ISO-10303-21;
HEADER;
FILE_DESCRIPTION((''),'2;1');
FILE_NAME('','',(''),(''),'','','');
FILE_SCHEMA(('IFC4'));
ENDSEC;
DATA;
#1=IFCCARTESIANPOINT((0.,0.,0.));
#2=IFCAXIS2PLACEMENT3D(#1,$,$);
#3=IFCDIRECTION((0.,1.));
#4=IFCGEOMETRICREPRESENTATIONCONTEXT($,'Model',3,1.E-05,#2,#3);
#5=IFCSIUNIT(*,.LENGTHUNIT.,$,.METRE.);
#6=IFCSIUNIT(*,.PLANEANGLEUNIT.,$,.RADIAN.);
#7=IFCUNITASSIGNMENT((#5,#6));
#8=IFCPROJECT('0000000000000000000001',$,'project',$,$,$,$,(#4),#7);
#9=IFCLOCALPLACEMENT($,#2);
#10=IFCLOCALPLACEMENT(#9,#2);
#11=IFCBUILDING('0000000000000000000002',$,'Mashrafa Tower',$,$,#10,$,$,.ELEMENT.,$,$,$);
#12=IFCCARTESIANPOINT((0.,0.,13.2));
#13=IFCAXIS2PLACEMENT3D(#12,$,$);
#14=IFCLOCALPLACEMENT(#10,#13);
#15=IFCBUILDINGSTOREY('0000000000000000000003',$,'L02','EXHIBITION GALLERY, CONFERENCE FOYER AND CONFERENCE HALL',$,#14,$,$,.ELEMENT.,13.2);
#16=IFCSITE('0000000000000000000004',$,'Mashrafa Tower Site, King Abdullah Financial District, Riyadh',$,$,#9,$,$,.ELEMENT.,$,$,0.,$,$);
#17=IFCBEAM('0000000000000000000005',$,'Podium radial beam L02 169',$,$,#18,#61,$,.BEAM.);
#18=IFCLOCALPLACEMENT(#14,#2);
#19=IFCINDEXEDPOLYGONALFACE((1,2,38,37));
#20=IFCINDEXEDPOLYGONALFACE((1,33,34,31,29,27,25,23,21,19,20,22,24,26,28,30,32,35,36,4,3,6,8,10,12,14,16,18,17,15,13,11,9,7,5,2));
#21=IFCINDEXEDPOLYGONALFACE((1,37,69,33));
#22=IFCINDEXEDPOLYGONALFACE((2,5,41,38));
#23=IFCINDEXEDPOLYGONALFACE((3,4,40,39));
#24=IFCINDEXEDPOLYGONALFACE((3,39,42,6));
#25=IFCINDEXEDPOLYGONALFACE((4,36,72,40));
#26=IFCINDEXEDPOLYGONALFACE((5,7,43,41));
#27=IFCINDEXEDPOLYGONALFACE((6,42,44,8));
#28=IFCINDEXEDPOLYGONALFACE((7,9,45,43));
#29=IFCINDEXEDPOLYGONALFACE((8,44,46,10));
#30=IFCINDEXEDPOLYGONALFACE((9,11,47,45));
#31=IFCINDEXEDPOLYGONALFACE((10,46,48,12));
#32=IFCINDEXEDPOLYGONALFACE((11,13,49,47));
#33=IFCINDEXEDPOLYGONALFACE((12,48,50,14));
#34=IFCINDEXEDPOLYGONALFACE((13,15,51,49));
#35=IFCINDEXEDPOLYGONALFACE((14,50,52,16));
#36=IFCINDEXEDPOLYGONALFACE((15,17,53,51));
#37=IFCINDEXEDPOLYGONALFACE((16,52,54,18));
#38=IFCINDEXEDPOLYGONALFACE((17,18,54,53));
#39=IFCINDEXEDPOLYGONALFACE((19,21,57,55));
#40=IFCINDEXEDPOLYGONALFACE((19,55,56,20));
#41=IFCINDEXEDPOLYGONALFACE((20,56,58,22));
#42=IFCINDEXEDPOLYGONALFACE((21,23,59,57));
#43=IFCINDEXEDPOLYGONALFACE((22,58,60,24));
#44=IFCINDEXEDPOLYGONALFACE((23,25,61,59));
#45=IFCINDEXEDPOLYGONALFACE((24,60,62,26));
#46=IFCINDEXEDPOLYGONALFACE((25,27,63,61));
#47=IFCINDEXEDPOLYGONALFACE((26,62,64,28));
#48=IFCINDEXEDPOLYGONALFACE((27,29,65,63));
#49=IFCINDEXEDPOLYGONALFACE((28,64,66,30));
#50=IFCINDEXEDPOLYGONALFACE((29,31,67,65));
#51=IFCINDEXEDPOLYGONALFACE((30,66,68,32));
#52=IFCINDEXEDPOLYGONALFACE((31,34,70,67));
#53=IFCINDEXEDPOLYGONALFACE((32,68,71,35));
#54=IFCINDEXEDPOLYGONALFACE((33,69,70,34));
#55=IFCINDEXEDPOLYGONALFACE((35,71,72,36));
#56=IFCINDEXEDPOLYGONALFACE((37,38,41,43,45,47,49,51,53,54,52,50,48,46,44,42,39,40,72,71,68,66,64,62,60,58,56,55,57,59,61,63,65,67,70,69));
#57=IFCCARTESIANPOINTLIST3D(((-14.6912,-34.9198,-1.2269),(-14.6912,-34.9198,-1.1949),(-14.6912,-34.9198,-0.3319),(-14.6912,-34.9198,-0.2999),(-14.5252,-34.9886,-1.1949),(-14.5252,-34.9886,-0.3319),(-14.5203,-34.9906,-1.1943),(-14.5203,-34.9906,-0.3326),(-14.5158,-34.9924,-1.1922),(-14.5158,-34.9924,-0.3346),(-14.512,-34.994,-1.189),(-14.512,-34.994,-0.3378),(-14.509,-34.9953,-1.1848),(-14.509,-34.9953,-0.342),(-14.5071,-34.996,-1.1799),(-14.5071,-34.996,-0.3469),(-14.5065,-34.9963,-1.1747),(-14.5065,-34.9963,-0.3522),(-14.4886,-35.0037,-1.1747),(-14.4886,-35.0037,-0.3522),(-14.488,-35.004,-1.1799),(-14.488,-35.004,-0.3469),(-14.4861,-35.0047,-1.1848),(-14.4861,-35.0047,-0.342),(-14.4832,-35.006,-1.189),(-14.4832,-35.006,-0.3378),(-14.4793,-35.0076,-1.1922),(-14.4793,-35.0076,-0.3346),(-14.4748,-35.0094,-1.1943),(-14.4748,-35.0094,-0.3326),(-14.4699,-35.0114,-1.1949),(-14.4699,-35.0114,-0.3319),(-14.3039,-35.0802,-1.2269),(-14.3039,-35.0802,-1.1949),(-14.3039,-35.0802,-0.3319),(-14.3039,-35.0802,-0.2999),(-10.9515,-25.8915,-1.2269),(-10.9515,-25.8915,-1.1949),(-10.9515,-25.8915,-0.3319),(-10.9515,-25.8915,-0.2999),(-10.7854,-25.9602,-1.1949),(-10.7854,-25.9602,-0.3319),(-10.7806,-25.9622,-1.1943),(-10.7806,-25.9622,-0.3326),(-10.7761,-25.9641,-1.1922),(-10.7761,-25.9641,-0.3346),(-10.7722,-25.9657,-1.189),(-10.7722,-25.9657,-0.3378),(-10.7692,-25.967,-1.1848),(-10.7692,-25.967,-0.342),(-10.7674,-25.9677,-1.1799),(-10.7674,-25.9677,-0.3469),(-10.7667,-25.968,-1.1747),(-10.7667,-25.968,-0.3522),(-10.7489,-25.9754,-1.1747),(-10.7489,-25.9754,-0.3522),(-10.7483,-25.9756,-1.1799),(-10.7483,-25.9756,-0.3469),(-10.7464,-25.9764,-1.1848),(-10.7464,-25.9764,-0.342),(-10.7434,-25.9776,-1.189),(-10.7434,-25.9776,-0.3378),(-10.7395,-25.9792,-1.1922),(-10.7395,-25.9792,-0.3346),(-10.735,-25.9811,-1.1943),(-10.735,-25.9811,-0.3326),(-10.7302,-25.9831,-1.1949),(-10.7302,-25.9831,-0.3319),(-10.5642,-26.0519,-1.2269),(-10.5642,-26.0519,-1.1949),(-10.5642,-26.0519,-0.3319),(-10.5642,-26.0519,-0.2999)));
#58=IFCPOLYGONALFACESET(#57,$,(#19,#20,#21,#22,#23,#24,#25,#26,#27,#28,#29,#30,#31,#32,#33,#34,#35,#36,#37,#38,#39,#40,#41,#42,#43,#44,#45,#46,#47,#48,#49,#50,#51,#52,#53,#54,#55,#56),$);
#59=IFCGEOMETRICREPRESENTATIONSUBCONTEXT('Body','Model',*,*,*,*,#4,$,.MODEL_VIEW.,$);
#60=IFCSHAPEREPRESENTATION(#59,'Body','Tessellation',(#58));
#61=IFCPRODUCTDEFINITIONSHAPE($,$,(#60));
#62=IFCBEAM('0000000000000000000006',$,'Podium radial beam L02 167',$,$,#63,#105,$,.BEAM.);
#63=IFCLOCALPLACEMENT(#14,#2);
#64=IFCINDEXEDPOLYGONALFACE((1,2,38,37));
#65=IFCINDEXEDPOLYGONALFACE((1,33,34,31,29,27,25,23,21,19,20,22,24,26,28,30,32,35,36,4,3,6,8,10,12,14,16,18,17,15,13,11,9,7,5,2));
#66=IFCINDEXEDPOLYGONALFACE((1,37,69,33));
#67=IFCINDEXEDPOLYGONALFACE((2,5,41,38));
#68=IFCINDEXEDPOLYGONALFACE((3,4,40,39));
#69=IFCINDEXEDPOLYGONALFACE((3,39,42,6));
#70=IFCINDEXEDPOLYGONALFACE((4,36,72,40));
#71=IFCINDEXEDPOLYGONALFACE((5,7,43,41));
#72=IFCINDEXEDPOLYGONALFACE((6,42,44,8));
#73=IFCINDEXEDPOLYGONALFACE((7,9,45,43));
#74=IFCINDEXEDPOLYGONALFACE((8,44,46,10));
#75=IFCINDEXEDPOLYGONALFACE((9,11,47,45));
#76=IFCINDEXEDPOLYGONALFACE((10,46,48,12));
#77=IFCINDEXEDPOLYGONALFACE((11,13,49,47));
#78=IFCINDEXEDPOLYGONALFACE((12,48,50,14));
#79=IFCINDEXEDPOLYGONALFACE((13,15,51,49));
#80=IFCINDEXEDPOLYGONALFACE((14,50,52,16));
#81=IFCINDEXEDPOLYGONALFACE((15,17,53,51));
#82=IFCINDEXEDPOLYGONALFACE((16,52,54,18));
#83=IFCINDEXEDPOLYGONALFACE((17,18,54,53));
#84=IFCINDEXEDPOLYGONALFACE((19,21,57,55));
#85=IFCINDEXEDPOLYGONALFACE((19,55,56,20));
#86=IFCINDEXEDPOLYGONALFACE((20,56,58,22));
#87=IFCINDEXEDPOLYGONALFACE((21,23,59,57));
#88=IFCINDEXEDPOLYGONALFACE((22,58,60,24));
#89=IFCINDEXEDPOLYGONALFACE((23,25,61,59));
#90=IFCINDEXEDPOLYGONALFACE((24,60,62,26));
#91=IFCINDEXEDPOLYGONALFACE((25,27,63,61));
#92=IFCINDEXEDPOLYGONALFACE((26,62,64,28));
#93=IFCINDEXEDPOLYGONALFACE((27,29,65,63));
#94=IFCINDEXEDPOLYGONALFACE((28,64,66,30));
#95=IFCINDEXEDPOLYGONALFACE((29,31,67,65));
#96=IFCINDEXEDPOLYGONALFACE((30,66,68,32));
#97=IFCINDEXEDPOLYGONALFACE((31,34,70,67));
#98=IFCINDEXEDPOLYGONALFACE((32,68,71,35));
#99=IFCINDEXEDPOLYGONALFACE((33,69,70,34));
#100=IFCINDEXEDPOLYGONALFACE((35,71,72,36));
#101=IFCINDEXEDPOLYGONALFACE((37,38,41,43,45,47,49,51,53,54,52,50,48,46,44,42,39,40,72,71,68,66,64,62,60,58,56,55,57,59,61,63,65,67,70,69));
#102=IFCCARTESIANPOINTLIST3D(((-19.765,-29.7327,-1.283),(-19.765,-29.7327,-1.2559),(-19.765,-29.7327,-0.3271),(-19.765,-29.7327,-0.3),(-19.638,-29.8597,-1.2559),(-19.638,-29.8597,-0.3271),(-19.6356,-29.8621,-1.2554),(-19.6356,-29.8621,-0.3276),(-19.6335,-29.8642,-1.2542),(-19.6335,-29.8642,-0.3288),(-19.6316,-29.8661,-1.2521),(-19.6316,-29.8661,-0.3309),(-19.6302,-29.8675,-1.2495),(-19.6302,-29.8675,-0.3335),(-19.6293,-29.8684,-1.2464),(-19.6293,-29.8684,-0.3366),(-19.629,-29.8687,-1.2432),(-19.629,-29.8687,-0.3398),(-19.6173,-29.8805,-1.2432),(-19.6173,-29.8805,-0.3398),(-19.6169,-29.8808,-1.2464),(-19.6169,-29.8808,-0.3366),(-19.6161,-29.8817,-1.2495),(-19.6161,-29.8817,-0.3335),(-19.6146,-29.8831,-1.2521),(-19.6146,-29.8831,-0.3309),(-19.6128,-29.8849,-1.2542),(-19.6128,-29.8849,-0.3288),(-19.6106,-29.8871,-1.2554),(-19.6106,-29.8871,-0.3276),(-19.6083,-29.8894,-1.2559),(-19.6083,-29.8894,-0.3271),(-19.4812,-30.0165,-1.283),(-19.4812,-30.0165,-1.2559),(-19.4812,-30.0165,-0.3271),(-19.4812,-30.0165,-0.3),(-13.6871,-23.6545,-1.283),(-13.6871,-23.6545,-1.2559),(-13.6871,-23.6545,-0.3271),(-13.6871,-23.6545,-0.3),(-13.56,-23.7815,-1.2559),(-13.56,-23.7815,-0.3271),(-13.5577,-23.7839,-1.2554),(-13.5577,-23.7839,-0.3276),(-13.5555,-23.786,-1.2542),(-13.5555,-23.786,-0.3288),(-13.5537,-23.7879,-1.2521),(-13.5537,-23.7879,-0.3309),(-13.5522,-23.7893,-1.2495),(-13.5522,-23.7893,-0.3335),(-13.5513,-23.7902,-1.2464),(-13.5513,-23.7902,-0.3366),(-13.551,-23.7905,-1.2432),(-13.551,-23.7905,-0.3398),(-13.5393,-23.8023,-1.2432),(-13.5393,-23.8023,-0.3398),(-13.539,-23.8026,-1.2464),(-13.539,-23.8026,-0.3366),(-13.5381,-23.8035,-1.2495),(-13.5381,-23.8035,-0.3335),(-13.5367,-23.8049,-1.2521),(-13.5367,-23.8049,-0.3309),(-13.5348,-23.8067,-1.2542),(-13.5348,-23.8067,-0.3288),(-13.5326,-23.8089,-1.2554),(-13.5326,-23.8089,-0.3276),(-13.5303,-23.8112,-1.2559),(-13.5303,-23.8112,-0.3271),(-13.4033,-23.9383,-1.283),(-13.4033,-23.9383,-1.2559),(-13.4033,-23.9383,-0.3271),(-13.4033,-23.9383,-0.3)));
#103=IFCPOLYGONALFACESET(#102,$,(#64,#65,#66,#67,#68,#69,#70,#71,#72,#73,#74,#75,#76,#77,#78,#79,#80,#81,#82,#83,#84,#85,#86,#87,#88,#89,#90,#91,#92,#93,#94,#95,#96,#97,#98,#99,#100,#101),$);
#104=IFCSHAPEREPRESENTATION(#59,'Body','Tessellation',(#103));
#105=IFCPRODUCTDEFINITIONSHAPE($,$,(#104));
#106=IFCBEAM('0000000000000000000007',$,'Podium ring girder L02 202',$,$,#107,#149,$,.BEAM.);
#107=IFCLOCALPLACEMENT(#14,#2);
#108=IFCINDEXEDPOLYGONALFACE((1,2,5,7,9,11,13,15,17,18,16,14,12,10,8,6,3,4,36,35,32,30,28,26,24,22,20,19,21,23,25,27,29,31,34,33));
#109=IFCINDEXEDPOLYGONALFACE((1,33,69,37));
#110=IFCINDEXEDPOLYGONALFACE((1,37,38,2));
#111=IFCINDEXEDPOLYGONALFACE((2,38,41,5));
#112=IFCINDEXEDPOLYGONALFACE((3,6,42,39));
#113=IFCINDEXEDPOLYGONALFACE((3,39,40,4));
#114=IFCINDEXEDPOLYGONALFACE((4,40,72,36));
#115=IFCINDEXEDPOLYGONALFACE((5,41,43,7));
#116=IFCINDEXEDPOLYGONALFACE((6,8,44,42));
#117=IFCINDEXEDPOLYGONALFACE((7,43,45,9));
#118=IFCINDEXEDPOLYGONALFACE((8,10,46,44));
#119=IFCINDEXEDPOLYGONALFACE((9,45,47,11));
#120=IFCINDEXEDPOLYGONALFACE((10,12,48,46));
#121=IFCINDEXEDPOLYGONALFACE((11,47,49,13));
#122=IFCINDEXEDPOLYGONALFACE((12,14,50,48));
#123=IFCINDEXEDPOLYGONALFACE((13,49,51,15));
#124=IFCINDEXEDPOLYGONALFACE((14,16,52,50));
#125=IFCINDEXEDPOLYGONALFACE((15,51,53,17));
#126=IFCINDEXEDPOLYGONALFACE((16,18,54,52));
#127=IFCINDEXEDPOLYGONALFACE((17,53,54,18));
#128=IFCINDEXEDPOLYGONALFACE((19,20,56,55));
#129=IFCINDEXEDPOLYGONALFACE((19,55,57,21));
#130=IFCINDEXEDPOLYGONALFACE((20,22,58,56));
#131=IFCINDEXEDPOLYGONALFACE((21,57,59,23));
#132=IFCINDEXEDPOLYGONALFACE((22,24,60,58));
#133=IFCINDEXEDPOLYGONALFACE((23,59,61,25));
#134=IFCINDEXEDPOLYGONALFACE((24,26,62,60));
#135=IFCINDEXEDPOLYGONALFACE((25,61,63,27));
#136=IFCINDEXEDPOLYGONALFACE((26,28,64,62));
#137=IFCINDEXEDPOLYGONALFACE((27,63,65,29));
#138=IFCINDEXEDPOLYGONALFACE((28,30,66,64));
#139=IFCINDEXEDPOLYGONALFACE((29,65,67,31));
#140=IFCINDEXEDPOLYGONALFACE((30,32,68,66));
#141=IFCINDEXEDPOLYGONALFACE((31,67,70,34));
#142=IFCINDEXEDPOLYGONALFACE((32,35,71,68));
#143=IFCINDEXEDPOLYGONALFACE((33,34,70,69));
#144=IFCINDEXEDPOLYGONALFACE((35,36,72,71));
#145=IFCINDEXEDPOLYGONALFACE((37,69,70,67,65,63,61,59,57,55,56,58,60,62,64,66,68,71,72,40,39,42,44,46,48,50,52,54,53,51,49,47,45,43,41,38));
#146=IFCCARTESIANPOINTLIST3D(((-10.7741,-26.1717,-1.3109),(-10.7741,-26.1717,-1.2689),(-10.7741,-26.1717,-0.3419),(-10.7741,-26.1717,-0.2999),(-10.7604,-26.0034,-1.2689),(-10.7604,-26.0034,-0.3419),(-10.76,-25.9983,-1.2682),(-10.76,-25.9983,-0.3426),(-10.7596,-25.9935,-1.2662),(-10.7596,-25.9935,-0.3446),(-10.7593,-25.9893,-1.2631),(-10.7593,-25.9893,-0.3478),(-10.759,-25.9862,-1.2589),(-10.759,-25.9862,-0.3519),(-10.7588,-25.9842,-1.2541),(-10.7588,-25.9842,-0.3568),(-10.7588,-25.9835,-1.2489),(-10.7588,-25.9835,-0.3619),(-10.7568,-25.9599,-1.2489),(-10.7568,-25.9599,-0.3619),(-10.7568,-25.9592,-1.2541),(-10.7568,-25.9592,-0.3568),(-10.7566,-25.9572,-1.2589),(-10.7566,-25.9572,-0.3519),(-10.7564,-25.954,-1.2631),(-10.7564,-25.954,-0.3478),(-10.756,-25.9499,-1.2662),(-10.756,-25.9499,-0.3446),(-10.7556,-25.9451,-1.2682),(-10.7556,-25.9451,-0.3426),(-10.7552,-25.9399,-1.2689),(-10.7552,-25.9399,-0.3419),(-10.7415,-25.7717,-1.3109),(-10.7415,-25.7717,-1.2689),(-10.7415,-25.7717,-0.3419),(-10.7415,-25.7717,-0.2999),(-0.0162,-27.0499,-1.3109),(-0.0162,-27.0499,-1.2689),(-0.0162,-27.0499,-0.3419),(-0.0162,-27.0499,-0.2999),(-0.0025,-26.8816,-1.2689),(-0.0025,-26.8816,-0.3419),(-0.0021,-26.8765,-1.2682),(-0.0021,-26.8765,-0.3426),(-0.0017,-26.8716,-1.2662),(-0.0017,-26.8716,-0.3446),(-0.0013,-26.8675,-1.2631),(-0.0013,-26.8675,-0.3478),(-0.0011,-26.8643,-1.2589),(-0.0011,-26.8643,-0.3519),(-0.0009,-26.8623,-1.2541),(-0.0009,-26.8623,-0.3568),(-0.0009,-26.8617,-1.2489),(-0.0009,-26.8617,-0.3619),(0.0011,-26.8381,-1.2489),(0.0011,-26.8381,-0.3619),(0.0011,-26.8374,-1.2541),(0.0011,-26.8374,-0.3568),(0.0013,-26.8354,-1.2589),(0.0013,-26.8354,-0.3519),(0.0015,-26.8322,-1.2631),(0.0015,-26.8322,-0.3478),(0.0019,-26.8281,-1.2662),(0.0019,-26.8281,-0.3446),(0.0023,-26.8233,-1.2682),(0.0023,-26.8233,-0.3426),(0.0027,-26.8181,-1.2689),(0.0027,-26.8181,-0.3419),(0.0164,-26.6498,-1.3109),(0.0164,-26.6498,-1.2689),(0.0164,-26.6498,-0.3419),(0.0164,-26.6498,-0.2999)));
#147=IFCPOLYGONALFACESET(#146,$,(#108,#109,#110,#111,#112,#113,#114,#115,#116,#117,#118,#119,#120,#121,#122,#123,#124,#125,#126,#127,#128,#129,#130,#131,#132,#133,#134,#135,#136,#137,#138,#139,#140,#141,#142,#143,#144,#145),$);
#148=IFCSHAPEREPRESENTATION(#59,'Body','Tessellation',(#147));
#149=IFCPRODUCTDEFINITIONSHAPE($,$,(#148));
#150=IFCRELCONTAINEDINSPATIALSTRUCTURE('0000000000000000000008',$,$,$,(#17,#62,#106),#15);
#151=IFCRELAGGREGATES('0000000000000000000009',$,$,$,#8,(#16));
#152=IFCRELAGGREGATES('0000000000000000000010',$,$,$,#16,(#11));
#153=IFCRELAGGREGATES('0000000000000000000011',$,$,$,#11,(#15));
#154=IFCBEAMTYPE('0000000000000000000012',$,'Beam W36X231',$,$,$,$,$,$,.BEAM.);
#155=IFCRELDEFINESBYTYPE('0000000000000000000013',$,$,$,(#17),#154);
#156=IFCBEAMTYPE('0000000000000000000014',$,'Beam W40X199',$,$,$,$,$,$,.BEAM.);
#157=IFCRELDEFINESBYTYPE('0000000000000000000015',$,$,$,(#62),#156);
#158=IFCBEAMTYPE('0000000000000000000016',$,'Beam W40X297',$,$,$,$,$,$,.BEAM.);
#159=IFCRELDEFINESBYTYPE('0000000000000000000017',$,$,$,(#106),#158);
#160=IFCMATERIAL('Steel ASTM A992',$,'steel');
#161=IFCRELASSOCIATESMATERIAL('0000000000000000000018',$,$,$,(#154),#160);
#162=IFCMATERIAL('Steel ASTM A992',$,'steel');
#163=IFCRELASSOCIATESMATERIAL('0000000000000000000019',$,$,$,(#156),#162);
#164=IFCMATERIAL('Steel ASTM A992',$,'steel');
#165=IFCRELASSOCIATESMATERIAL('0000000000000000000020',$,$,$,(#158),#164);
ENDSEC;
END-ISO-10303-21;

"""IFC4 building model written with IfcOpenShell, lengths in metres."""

from ifc_helpers import new_model, si_unit, direction, frame, origin, origin_2d, place, context, subcontext, project, spatial, i_section, extrude, material, material_profile, profile_set, type_object, element, save


model = new_model("IFC4")

# Units and contexts
model_context = context("Model", 3, precision=1e-05, world=origin(), true_north=direction((0.0, 1.0)))
body_context = subcontext(model_context, "Body", "Model", "MODEL_VIEW")
ifc_project = project(units=[si_unit("LENGTHUNIT", "METRE"), si_unit("PLANEANGLEUNIT", "RADIAN")], contexts=[model_context])

# Site, building, storey
site_placement = place(None, origin())
site = spatial("IfcSite", under=ifc_project, at=site_placement, Name="Mashrafa Tower Site, King Abdullah Financial District, Riyadh", CompositionType="ELEMENT", RefElevation=0.0)
building_placement = place(site_placement, origin())
building = spatial("IfcBuilding", under=site, at=building_placement, Name="Mashrafa Tower", CompositionType="ELEMENT")
storey_placement = place(building_placement, frame((0.0, 0.0, 13.2)))
storey = spatial("IfcBuildingStorey", under=building, at=storey_placement, Name="L02", Description="EXHIBITION GALLERY, CONFERENCE FOYER AND CONFERENCE HALL", CompositionType="ELEMENT", Elevation=13.2)

# Beams
ifc_material_1 = material(Name="Steel ASTM A992", Category="steel")
ifc_material_profile_1 = material_profile(ifc_material_1, i_section(OverallWidth=0.4192, OverallDepth=0.927, WebThickness=0.0193, FlangeThickness=0.032, FilletRadius=0.0203, at=origin_2d()), Name="W36X231")
ifc_profile_set_1 = profile_set([ifc_material_profile_1], Name="Steel ASTM A992")
beam_type_1 = type_object("IfcBeamType", Name="Beam W36X231", PredefinedType="BEAM", material=ifc_profile_set_1)
beam_1_placement = place(storey_placement, frame((-10.7578, -25.9717, -0.7634), z_axis=(-0.382692, -0.923876, 0.0), x_axis=(0.923876, -0.382692, 0.0)))
element("IfcBeam", 1, at=beam_1_placement, inside=storey, type_object=beam_type_1, Name="Podium radial beam L02 169", PredefinedType="BEAM", context=body_context, shape_type="SweptSolid", body=[
    extrude(i_section(OverallWidth=0.4192, OverallDepth=0.927, WebThickness=0.0193, FlangeThickness=0.032, FilletRadius=0.0203, at=origin_2d()), origin(), (0.0, 0.0, 1.0), 9.7722),
])
ifc_material_2 = material(Name="Steel ASTM A992", Category="steel")
ifc_material_profile_2 = material_profile(ifc_material_2, i_section(OverallWidth=0.4014, OverallDepth=0.9829, WebThickness=0.0166, FlangeThickness=0.0271, FilletRadius=0.0127, at=origin_2d()), Name="W40X199")
ifc_profile_set_2 = profile_set([ifc_material_profile_2], Name="Steel ASTM A992")
beam_type_2 = type_object("IfcBeamType", Name="Beam W40X199", PredefinedType="BEAM", material=ifc_profile_set_2)
beam_2_placement = place(storey_placement, frame((-13.5452, -23.7964, -0.7915), z_axis=(-0.707093, -0.707121, 0.0), x_axis=(0.707121, -0.707093, 0.0)))
element("IfcBeam", 2, at=beam_2_placement, inside=storey, type_object=beam_type_2, Name="Podium radial beam L02 167", PredefinedType="BEAM", context=body_context, shape_type="SweptSolid", body=[
    extrude(i_section(OverallWidth=0.4014, OverallDepth=0.9829, WebThickness=0.0166, FlangeThickness=0.0271, FilletRadius=0.0127, at=origin_2d()), origin(), (0.0, 0.0, 1.0), 8.5957),
])
ifc_material_3 = material(Name="Steel ASTM A992", Category="steel")
ifc_material_profile_3 = material_profile(ifc_material_3, i_section(OverallWidth=0.4014, OverallDepth=1.011, WebThickness=0.0237, FlangeThickness=0.042, FilletRadius=0.02, at=origin_2d()), Name="W40X297")
ifc_profile_set_3 = profile_set([ifc_material_profile_3], Name="Steel ASTM A992")
beam_type_3 = type_object("IfcBeamType", Name="Beam W40X297", PredefinedType="BEAM", material=ifc_profile_set_3)
beam_3_placement = place(storey_placement, frame((-10.7578, -25.9717, -0.8054), z_axis=(0.996685, -0.081361, 0.0), x_axis=(0.081361, 0.996685, 0.0)))
element("IfcBeam", 3, at=beam_3_placement, inside=storey, type_object=beam_type_3, Name="Podium ring girder L02 202", PredefinedType="BEAM", context=body_context, shape_type="SweptSolid", body=[
    extrude(i_section(OverallWidth=0.4014, OverallDepth=1.011, WebThickness=0.0237, FlangeThickness=0.042, FilletRadius=0.02, at=origin_2d()), origin(), (0.0, 0.0, 1.0), 10.7937),
])

save(model, "model.ifc")
